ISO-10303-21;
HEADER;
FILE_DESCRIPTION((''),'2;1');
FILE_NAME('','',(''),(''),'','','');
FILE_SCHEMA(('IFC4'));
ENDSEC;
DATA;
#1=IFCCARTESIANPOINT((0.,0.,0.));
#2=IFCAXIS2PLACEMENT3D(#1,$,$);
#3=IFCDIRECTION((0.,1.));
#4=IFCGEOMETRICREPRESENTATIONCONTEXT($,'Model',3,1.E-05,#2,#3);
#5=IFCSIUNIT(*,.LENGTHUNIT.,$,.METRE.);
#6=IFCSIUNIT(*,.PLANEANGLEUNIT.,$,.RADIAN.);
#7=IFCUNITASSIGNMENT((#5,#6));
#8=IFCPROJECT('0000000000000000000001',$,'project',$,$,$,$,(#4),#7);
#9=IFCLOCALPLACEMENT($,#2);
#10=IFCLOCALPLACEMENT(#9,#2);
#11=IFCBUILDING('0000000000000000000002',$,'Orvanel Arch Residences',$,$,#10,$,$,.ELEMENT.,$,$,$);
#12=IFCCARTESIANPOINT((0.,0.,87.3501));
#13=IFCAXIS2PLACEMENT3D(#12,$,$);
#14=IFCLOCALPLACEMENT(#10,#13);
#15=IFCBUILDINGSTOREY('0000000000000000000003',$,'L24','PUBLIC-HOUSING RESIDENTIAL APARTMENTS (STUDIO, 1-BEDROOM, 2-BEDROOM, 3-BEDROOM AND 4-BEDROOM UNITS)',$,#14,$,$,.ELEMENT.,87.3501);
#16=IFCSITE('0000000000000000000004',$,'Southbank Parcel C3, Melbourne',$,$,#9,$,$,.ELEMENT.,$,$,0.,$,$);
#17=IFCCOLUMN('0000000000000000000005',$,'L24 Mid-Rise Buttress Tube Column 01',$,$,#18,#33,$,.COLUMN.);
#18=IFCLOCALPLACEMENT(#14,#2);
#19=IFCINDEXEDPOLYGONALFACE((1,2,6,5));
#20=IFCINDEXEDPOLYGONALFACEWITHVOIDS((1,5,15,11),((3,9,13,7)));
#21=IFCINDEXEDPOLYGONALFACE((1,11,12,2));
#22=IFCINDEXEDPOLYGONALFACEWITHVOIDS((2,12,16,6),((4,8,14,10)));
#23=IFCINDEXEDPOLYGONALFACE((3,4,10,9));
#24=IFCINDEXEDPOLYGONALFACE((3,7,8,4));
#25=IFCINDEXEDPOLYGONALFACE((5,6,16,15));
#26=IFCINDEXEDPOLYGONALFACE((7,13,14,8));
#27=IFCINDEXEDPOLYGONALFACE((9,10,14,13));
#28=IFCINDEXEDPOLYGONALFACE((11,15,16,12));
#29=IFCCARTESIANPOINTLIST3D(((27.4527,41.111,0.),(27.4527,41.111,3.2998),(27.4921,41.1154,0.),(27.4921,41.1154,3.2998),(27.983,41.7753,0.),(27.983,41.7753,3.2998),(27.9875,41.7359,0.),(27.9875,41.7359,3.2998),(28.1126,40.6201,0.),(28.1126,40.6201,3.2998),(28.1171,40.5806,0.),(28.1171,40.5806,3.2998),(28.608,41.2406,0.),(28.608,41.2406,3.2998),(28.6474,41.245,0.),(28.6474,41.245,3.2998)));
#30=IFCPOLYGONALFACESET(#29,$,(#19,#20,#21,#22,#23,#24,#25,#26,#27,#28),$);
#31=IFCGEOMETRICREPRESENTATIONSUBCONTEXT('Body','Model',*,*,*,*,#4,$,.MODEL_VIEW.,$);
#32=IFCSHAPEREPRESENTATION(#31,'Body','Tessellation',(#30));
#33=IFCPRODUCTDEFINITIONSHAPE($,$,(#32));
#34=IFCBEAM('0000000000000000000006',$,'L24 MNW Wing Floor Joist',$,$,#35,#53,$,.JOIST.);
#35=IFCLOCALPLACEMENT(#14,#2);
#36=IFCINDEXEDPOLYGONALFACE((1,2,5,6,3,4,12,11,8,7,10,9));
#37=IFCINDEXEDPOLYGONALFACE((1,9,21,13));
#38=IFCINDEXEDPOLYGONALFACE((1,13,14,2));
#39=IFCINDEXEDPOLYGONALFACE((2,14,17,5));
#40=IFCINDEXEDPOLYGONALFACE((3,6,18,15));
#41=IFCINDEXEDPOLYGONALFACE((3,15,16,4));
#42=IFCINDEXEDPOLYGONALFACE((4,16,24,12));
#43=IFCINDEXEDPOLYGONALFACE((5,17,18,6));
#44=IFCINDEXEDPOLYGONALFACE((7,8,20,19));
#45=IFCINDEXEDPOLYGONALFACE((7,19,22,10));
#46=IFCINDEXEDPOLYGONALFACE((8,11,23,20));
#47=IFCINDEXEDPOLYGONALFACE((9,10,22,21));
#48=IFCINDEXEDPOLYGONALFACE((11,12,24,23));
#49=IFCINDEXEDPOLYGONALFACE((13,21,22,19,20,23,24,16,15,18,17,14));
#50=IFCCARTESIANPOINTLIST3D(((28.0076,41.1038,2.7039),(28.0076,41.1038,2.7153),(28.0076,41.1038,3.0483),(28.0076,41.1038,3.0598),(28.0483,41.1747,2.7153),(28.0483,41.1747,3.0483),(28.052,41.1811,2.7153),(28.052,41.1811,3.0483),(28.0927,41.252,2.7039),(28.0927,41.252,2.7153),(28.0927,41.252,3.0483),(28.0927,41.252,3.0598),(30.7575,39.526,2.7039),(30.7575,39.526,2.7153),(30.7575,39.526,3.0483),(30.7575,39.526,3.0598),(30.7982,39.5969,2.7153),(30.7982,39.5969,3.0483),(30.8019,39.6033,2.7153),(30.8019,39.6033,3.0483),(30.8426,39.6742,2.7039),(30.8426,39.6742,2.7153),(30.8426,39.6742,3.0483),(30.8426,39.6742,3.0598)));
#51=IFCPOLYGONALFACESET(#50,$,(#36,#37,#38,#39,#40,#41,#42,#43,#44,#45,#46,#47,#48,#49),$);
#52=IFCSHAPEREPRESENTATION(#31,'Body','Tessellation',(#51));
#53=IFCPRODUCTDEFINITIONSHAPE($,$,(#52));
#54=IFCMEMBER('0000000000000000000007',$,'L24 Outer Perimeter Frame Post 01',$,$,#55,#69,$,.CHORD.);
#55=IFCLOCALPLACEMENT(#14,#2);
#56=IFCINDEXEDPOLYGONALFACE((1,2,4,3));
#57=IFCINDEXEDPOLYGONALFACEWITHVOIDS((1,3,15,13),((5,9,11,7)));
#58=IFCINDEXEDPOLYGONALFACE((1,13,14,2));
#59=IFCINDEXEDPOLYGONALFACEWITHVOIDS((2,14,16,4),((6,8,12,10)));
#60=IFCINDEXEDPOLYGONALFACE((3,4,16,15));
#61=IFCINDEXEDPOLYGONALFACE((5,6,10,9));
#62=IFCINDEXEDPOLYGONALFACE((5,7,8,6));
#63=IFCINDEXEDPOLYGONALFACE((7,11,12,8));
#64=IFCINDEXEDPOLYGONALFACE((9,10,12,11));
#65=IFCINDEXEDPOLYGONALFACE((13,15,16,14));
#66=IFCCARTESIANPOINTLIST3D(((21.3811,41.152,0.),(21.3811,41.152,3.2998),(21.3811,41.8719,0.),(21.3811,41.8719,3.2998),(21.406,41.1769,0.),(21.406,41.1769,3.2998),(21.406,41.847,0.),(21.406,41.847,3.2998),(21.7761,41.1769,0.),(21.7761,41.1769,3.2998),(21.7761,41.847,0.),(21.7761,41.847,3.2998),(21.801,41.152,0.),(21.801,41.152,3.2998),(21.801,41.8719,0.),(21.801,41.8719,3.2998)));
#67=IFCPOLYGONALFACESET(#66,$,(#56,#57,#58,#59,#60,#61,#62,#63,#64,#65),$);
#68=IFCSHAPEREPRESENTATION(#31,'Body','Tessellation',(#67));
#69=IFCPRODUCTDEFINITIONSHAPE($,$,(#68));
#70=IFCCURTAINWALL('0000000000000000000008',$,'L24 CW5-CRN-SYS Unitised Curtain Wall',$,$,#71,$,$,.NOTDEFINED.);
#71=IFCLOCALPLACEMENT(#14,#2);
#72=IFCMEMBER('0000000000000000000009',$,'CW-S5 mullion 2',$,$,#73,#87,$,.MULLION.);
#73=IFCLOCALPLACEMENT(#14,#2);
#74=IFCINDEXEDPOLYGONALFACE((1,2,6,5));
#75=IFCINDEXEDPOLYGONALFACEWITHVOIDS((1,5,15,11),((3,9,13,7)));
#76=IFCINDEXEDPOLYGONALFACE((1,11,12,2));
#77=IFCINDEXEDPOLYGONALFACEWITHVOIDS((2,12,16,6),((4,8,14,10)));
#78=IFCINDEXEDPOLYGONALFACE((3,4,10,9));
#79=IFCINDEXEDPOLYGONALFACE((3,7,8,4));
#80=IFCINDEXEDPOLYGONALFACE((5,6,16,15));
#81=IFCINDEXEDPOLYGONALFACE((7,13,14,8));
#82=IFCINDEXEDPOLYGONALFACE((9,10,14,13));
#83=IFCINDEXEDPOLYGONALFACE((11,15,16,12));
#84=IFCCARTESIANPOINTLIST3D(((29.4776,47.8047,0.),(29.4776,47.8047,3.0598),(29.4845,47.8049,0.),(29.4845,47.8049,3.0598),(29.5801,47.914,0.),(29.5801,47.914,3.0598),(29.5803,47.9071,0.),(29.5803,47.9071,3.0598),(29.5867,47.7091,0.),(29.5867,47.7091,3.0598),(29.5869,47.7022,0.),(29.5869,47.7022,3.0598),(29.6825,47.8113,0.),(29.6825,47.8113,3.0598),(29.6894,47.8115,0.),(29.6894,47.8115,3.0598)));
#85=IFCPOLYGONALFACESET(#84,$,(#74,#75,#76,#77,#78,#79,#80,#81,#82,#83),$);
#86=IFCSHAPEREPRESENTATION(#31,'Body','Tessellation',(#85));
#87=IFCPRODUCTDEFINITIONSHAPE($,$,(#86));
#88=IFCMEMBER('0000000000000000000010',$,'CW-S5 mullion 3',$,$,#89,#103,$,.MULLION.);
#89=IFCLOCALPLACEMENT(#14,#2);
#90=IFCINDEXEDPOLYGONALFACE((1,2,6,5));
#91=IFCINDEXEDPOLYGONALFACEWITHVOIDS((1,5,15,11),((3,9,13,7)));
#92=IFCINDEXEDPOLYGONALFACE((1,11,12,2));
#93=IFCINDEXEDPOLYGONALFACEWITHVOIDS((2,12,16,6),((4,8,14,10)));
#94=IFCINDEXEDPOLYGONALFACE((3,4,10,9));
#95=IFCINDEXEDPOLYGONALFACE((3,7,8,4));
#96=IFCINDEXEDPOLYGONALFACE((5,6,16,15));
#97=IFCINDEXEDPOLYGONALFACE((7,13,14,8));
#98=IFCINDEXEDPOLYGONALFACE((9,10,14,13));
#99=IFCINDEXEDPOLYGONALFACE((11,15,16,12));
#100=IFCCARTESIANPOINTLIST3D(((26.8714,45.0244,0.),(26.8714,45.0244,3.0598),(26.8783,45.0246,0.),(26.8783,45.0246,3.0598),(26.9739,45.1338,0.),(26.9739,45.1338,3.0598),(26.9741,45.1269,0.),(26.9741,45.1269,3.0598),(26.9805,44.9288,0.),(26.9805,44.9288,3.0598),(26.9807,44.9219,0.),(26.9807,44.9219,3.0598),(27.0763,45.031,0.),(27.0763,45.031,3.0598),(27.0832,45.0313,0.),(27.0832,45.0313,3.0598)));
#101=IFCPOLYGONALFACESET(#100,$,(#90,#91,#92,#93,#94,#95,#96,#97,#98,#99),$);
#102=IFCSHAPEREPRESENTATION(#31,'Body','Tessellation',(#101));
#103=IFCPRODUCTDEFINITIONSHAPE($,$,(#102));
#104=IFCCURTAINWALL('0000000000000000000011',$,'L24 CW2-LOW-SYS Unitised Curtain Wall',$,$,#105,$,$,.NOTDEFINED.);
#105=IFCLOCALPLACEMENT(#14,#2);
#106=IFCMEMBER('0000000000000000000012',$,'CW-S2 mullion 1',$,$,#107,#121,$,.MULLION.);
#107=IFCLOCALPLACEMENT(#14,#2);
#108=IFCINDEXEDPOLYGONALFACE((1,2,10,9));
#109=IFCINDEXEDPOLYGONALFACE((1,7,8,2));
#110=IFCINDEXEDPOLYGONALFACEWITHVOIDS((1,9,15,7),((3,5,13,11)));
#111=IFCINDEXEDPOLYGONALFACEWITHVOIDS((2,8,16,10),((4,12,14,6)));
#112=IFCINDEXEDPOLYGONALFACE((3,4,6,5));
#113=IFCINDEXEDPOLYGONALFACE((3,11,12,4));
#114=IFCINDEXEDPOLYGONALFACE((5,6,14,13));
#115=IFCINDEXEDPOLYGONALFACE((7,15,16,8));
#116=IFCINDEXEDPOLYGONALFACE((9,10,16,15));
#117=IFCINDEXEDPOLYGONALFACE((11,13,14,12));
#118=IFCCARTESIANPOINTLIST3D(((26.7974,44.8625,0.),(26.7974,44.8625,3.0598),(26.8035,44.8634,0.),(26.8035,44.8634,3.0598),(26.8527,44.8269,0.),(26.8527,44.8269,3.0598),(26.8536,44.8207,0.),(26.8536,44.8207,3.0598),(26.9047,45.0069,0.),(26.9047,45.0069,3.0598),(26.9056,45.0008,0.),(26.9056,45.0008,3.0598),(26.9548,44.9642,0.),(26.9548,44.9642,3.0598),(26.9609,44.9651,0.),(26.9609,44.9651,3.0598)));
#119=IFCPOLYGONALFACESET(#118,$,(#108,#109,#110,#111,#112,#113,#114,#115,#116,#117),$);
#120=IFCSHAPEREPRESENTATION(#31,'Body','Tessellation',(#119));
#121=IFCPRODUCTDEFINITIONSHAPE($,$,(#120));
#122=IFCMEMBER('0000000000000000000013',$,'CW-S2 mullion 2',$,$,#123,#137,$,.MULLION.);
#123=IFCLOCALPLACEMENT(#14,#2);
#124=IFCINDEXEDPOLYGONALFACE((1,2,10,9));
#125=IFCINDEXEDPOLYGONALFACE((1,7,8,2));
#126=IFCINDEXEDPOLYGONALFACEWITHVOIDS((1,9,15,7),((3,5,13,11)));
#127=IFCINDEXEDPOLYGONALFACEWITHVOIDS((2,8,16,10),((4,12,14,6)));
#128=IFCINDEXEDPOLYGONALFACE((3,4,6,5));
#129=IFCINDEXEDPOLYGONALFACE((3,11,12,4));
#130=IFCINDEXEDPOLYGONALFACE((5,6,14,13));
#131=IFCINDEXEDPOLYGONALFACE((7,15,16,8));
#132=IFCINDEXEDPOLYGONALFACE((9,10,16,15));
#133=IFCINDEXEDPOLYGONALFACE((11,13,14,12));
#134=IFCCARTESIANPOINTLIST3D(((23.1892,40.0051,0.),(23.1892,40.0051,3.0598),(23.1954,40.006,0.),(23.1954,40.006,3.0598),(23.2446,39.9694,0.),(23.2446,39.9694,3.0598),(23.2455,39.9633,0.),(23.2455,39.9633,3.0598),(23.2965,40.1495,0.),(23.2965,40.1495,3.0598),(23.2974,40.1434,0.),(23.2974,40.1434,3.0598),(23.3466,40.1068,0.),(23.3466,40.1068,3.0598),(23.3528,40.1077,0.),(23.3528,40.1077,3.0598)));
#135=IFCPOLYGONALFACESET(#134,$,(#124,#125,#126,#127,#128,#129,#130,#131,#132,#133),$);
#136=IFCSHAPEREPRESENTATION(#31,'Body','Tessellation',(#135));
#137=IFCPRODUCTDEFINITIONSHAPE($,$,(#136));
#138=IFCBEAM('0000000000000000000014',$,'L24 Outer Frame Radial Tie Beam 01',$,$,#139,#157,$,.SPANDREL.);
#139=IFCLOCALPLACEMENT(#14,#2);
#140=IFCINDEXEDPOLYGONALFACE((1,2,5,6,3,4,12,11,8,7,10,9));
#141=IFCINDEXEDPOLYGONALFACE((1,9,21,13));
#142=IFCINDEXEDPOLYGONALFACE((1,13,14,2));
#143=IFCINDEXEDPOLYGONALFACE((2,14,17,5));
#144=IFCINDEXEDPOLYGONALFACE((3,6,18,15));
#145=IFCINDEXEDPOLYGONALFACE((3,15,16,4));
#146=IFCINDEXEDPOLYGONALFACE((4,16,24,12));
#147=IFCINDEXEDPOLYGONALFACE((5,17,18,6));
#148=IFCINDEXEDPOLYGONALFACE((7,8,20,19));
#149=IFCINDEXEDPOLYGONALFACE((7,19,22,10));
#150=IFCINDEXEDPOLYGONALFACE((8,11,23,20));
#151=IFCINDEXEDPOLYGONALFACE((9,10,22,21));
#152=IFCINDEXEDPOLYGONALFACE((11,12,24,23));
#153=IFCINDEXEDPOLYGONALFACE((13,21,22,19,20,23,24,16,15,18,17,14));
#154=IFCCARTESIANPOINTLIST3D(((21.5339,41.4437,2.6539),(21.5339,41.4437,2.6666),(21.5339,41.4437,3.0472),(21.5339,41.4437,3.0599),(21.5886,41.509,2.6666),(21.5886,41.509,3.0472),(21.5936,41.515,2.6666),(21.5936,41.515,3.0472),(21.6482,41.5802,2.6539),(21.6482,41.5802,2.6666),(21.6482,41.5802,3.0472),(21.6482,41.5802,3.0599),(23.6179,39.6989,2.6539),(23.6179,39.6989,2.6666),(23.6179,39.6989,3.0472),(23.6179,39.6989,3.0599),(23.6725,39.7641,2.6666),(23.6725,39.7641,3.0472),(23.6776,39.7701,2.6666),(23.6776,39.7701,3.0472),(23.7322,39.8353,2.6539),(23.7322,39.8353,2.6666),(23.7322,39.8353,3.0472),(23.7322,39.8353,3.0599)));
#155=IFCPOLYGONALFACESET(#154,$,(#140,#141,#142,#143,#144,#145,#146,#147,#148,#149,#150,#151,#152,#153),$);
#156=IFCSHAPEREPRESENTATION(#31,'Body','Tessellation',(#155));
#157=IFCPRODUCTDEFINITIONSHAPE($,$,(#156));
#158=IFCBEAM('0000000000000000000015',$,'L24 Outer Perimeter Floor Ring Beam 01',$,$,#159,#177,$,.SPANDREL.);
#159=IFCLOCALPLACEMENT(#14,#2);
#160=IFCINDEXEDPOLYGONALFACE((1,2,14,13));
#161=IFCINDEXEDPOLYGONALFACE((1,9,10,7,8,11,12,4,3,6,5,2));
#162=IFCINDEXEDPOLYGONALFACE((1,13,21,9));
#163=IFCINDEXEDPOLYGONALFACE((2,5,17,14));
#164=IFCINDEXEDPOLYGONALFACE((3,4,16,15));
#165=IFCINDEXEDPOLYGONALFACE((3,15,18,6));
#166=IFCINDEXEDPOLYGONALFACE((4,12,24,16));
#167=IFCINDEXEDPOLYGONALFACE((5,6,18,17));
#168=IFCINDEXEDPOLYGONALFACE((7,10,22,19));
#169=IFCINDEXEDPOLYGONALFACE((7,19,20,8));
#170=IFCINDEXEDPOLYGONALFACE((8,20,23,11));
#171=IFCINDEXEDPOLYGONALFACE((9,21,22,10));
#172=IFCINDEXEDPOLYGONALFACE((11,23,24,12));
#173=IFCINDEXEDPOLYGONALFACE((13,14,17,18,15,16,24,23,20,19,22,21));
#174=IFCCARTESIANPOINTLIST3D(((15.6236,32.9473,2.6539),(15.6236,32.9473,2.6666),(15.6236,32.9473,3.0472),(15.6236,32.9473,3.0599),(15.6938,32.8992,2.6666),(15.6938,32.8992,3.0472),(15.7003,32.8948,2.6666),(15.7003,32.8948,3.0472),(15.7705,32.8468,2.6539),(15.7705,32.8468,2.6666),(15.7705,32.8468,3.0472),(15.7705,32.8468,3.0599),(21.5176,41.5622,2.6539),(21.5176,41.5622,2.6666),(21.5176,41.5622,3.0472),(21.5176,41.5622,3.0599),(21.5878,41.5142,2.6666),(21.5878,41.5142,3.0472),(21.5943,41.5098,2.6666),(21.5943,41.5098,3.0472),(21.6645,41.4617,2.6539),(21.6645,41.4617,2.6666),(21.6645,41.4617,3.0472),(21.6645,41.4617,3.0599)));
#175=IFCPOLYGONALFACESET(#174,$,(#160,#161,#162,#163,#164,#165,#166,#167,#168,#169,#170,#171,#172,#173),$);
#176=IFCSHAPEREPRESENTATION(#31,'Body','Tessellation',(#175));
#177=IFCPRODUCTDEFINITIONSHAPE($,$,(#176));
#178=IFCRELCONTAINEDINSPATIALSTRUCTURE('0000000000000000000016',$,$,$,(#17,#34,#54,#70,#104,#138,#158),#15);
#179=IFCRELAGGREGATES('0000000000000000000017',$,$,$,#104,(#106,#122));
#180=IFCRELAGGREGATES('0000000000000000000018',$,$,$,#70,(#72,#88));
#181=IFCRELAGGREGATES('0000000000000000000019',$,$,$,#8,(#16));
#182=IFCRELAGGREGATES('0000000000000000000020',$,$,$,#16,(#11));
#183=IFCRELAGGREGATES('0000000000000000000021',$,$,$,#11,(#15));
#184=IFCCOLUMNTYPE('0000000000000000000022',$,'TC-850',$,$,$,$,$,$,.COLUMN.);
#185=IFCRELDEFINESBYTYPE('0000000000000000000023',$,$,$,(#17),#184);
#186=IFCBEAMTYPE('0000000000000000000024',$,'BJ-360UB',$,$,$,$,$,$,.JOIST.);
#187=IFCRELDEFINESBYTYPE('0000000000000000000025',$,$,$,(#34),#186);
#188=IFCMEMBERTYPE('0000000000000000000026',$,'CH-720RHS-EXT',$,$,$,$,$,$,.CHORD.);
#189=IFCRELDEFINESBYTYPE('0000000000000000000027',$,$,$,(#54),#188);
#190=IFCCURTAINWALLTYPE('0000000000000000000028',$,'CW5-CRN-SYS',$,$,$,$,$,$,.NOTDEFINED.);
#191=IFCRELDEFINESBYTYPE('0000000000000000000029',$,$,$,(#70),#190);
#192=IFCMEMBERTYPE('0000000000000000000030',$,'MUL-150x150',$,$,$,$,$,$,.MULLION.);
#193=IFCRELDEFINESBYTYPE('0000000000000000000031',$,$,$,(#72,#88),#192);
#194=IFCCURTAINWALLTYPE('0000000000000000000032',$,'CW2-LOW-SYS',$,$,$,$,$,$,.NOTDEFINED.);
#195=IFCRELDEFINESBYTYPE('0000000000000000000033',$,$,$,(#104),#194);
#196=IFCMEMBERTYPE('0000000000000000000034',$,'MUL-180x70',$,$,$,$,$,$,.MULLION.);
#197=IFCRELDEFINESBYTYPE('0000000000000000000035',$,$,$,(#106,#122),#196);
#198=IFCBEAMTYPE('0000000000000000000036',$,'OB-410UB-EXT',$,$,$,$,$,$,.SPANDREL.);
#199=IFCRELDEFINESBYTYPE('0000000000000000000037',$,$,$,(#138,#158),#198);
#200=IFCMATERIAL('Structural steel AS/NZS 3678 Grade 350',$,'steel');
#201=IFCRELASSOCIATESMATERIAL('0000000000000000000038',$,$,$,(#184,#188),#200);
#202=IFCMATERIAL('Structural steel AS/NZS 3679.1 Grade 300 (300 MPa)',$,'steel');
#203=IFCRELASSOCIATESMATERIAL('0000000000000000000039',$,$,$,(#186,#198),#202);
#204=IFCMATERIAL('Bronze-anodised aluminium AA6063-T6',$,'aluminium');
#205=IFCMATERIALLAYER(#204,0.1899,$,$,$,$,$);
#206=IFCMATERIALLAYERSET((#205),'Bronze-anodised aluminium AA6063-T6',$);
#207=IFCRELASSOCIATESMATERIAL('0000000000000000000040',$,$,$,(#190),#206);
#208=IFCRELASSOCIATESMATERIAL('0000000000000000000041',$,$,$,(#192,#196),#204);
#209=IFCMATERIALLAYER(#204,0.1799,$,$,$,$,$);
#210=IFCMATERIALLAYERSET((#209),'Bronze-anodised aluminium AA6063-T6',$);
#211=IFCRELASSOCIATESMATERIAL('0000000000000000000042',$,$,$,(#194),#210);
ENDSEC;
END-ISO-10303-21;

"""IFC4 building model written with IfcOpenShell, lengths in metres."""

from ifc_helpers import new_model, si_unit, direction, frame, origin, origin_2d, place, context, subcontext, project, spatial, hollow_rectangle, i_section, extrude, material, layer, layer_set, material_profile, profile_set, type_object, element, aggregate, save


model = new_model("IFC4")

# Units and contexts
model_context = context("Model", 3, precision=1e-05, world=origin(), true_north=direction((0.0, 1.0)))
body_context = subcontext(model_context, "Body", "Model", "MODEL_VIEW")
ifc_project = project(units=[si_unit("LENGTHUNIT", "METRE"), si_unit("PLANEANGLEUNIT", "RADIAN")], contexts=[model_context])

# Site, building, storey
site_placement = place(None, origin())
site = spatial("IfcSite", under=ifc_project, at=site_placement, Name="Southbank Parcel C3, Melbourne", CompositionType="ELEMENT", RefElevation=0.0)
building_placement = place(site_placement, origin())
building = spatial("IfcBuilding", under=site, at=building_placement, Name="Orvanel Arch Residences", CompositionType="ELEMENT")
storey_placement = place(building_placement, frame((0.0, 0.0, 87.3501)))
storey = spatial("IfcBuildingStorey", under=building, at=storey_placement, Name="L24", Description="PUBLIC-HOUSING RESIDENTIAL APARTMENTS (STUDIO, 1-BEDROOM, 2-BEDROOM, 3-BEDROOM AND 4-BEDROOM UNITS)", CompositionType="ELEMENT", Elevation=87.3501)

# Column
ifc_material_1 = material(Name="Structural steel AS/NZS 3678 Grade 350", Category="steel")
ifc_material_profile_1 = material_profile(ifc_material_1, hollow_rectangle(XDim=0.8501, YDim=0.8501, WallThickness=0.0281, at=origin_2d()), Name="BOX850x850x28")
ifc_profile_set_1 = profile_set([ifc_material_profile_1], Name="Structural steel AS/NZS 3678 Grade 350")
column_type = type_object("IfcColumnType", Name="TC-850", PredefinedType="COLUMN", material=ifc_profile_set_1)
column_placement = place(storey_placement, frame((28.05, 41.178, 0.0), z_axis=(0.0, 0.0, 1.0), x_axis=(0.62388, 0.78152, 0.0)))
element("IfcColumn", 1, at=column_placement, inside=storey, type_object=column_type, Name="L24 Mid-Rise Buttress Tube Column 01", PredefinedType="COLUMN", context=body_context, shape_type="SweptSolid", body=[
    extrude(hollow_rectangle(XDim=0.8501, YDim=0.8501, WallThickness=0.0281, at=origin_2d()), origin(), (0.0, 0.0, 1.0), 3.2998),
])

# Beam
ifc_material_2 = material(Name="Structural steel AS/NZS 3679.1 Grade 300 (300 MPa)", Category="steel")
ifc_material_profile_2 = material_profile(ifc_material_2, i_section(OverallWidth=0.1709, OverallDepth=0.356, WebThickness=0.0073, FlangeThickness=0.0115, at=origin_2d()), Name="360UB50.7")
ifc_profile_set_2 = profile_set([ifc_material_profile_2], Name="Structural steel AS/NZS 3679.1 Grade 300 (300 MPa)")
beam_type_1 = type_object("IfcBeamType", Name="BJ-360UB", PredefinedType="JOIST", material=ifc_profile_set_2)
beam_1_placement = place(storey_placement, frame((30.8, 39.6001, 2.8818), z_axis=(-0.867365, 0.497672, 0.0), x_axis=(-0.497672, -0.867365, 0.0)))
element("IfcBeam", 2, at=beam_1_placement, inside=storey, type_object=beam_type_1, Name="L24 MNW Wing Floor Joist", PredefinedType="JOIST", context=body_context, shape_type="SweptSolid", body=[
    extrude(i_section(OverallWidth=0.1709, OverallDepth=0.356, WebThickness=0.0073, FlangeThickness=0.0115, at=origin_2d()), origin(), (0.0, 0.0, 1.0), 3.1704),
])

# Member
ifc_material_profile_3 = material_profile(ifc_material_1, hollow_rectangle(XDim=0.4199, YDim=0.72, WallThickness=0.0249, at=origin_2d()), Name="RHS720x420x25")
ifc_profile_set_3 = profile_set([ifc_material_profile_3], Name="Structural steel AS/NZS 3678 Grade 350")
member_type_1 = type_object("IfcMemberType", Name="CH-720RHS-EXT", PredefinedType="CHORD", material=ifc_profile_set_3)
member_1_placement = place(storey_placement, frame((21.5911, 41.512, 0.0), z_axis=(0.0, 0.0, 1.0), x_axis=(1.0, 0.0, 0.0)))
element("IfcMember", 3, at=member_1_placement, inside=storey, type_object=member_type_1, Name="L24 Outer Perimeter Frame Post 01", PredefinedType="CHORD", context=body_context, shape_type="SweptSolid", body=[
    extrude(hollow_rectangle(XDim=0.4199, YDim=0.72, WallThickness=0.0249, at=origin_2d()), origin(), (0.0, 0.0, 1.0), 3.2998),
])

# Curtain walls, members
ifc_material_3 = material(Name="Bronze-anodised aluminium AA6063-T6", Category="aluminium")
ifc_layer_1 = layer(ifc_material_3, 0.1899)
ifc_layer_set_1 = layer_set([ifc_layer_1], Name="Bronze-anodised aluminium AA6063-T6")
curtain_wall_type_1 = type_object("IfcCurtainWallType", Name="CW5-CRN-SYS", PredefinedType="NOTDEFINED", material=ifc_layer_set_1)
curtain_wall_1_placement = place(storey_placement, origin())
curtain_wall_1 = element("IfcCurtainWall", 4, at=curtain_wall_1_placement, inside=storey, type_object=curtain_wall_type_1, Name="L24 CW5-CRN-SYS Unitised Curtain Wall", PredefinedType="NOTDEFINED")
ifc_material_profile_4 = material_profile(ifc_material_3, hollow_rectangle(XDim=0.1499, YDim=0.1499, WallThickness=0.0049, at=origin_2d()), Name="ALU150x150x5")
ifc_profile_set_4 = profile_set([ifc_material_profile_4], Name="Bronze-anodised aluminium AA6063-T6")
member_type_2 = type_object("IfcMemberType", Name="MUL-150x150", PredefinedType="MULLION", material=ifc_profile_set_4)
member_2_placement = place(storey_placement, frame((29.5835, 47.8081, 0.0), z_axis=(0.0, 0.0, 1.0), x_axis=(0.729577, -0.683898, 0.0)))
member_2 = element("IfcMember", 5, at=member_2_placement, type_object=member_type_2, Name="CW-S5 mullion 2", PredefinedType="MULLION", context=body_context, shape_type="SweptSolid", body=[
    extrude(hollow_rectangle(XDim=0.1499, YDim=0.1499, WallThickness=0.0049, at=origin_2d()), origin(), (0.0, 0.0, 1.0), 3.0598),
])
member_3_placement = place(storey_placement, frame((26.9773, 45.0278, 0.0), z_axis=(0.0, 0.0, 1.0), x_axis=(0.729577, -0.683898, 0.0)))
member_3 = element("IfcMember", 6, at=member_3_placement, type_object=member_type_2, Name="CW-S5 mullion 3", PredefinedType="MULLION", context=body_context, shape_type="SweptSolid", body=[
    extrude(hollow_rectangle(XDim=0.1499, YDim=0.1499, WallThickness=0.0049, at=origin_2d()), origin(), (0.0, 0.0, 1.0), 3.0598),
])
ifc_layer_2 = layer(ifc_material_3, 0.1799)
ifc_layer_set_2 = layer_set([ifc_layer_2], Name="Bronze-anodised aluminium AA6063-T6")
curtain_wall_type_2 = type_object("IfcCurtainWallType", Name="CW2-LOW-SYS", PredefinedType="NOTDEFINED", material=ifc_layer_set_2)
curtain_wall_2_placement = place(storey_placement, origin())
curtain_wall_2 = element("IfcCurtainWall", 7, at=curtain_wall_2_placement, inside=storey, type_object=curtain_wall_type_2, Name="L24 CW2-LOW-SYS Unitised Curtain Wall", PredefinedType="NOTDEFINED")
ifc_material_profile_5 = material_profile(ifc_material_3, hollow_rectangle(XDim=0.0701, YDim=0.1799, WallThickness=0.0044, at=origin_2d()), Name="ALU180x70x4.5")
ifc_profile_set_5 = profile_set([ifc_material_profile_5], Name="Bronze-anodised aluminium AA6063-T6")
member_type_3 = type_object("IfcMemberType", Name="MUL-180x70", PredefinedType="MULLION", material=ifc_profile_set_5)
member_4_placement = place(storey_placement, frame((26.8792, 44.9138, 0.0), z_axis=(0.0, 0.0, 1.0), x_axis=(0.802762, -0.5963, 0.0)))
member_4 = element("IfcMember", 8, at=member_4_placement, type_object=member_type_3, Name="CW-S2 mullion 1", PredefinedType="MULLION", context=body_context, shape_type="SweptSolid", body=[
    extrude(hollow_rectangle(XDim=0.0701, YDim=0.1799, WallThickness=0.0044, at=origin_2d()), origin(), (0.0, 0.0, 1.0), 3.0598),
])
member_5_placement = place(storey_placement, frame((23.271, 40.0564, 0.0), z_axis=(0.0, 0.0, 1.0), x_axis=(0.802762, -0.5963, 0.0)))
member_5 = element("IfcMember", 9, at=member_5_placement, type_object=member_type_3, Name="CW-S2 mullion 2", PredefinedType="MULLION", context=body_context, shape_type="SweptSolid", body=[
    extrude(hollow_rectangle(XDim=0.0701, YDim=0.1799, WallThickness=0.0044, at=origin_2d()), origin(), (0.0, 0.0, 1.0), 3.0598),
])

# Beams
ifc_material_profile_6 = material_profile(ifc_material_2, i_section(OverallWidth=0.178, OverallDepth=0.406, WebThickness=0.0078, FlangeThickness=0.0127, at=origin_2d()), Name="410UB59.7")
ifc_profile_set_6 = profile_set([ifc_material_profile_6], Name="Structural steel AS/NZS 3679.1 Grade 300 (300 MPa)")
beam_type_2 = type_object("IfcBeamType", Name="OB-410UB-EXT", PredefinedType="SPANDREL", material=ifc_profile_set_6)
beam_2_placement = place(storey_placement, frame((23.675, 39.7671, 2.8569), z_axis=(-0.766732, 0.641967, 0.0), x_axis=(-0.641967, -0.766732, 0.0)))
element("IfcBeam", 10, at=beam_2_placement, inside=storey, type_object=beam_type_2, Name="L24 Outer Frame Radial Tie Beam 01", PredefinedType="SPANDREL", context=body_context, shape_type="SweptSolid", body=[
    extrude(i_section(OverallWidth=0.178, OverallDepth=0.406, WebThickness=0.0078, FlangeThickness=0.0127, at=origin_2d()), origin(), (0.0, 0.0, 1.0), 2.718),
])
beam_3_placement = place(storey_placement, frame((21.5911, 41.512, 2.8569), z_axis=(-0.564656, -0.825326, 0.0), x_axis=(0.825326, -0.564656, 0.0)))
element("IfcBeam", 11, at=beam_3_placement, inside=storey, type_object=beam_type_2, Name="L24 Outer Perimeter Floor Ring Beam 01", PredefinedType="SPANDREL", context=body_context, shape_type="SweptSolid", body=[
    extrude(i_section(OverallWidth=0.178, OverallDepth=0.406, WebThickness=0.0078, FlangeThickness=0.0127, at=origin_2d()), origin(), (0.0, 0.0, 1.0), 10.4382),
])

aggregate(curtain_wall_2, [member_4, member_5])
aggregate(curtain_wall_1, [member_2, member_3])

save(model, "model.ifc")
